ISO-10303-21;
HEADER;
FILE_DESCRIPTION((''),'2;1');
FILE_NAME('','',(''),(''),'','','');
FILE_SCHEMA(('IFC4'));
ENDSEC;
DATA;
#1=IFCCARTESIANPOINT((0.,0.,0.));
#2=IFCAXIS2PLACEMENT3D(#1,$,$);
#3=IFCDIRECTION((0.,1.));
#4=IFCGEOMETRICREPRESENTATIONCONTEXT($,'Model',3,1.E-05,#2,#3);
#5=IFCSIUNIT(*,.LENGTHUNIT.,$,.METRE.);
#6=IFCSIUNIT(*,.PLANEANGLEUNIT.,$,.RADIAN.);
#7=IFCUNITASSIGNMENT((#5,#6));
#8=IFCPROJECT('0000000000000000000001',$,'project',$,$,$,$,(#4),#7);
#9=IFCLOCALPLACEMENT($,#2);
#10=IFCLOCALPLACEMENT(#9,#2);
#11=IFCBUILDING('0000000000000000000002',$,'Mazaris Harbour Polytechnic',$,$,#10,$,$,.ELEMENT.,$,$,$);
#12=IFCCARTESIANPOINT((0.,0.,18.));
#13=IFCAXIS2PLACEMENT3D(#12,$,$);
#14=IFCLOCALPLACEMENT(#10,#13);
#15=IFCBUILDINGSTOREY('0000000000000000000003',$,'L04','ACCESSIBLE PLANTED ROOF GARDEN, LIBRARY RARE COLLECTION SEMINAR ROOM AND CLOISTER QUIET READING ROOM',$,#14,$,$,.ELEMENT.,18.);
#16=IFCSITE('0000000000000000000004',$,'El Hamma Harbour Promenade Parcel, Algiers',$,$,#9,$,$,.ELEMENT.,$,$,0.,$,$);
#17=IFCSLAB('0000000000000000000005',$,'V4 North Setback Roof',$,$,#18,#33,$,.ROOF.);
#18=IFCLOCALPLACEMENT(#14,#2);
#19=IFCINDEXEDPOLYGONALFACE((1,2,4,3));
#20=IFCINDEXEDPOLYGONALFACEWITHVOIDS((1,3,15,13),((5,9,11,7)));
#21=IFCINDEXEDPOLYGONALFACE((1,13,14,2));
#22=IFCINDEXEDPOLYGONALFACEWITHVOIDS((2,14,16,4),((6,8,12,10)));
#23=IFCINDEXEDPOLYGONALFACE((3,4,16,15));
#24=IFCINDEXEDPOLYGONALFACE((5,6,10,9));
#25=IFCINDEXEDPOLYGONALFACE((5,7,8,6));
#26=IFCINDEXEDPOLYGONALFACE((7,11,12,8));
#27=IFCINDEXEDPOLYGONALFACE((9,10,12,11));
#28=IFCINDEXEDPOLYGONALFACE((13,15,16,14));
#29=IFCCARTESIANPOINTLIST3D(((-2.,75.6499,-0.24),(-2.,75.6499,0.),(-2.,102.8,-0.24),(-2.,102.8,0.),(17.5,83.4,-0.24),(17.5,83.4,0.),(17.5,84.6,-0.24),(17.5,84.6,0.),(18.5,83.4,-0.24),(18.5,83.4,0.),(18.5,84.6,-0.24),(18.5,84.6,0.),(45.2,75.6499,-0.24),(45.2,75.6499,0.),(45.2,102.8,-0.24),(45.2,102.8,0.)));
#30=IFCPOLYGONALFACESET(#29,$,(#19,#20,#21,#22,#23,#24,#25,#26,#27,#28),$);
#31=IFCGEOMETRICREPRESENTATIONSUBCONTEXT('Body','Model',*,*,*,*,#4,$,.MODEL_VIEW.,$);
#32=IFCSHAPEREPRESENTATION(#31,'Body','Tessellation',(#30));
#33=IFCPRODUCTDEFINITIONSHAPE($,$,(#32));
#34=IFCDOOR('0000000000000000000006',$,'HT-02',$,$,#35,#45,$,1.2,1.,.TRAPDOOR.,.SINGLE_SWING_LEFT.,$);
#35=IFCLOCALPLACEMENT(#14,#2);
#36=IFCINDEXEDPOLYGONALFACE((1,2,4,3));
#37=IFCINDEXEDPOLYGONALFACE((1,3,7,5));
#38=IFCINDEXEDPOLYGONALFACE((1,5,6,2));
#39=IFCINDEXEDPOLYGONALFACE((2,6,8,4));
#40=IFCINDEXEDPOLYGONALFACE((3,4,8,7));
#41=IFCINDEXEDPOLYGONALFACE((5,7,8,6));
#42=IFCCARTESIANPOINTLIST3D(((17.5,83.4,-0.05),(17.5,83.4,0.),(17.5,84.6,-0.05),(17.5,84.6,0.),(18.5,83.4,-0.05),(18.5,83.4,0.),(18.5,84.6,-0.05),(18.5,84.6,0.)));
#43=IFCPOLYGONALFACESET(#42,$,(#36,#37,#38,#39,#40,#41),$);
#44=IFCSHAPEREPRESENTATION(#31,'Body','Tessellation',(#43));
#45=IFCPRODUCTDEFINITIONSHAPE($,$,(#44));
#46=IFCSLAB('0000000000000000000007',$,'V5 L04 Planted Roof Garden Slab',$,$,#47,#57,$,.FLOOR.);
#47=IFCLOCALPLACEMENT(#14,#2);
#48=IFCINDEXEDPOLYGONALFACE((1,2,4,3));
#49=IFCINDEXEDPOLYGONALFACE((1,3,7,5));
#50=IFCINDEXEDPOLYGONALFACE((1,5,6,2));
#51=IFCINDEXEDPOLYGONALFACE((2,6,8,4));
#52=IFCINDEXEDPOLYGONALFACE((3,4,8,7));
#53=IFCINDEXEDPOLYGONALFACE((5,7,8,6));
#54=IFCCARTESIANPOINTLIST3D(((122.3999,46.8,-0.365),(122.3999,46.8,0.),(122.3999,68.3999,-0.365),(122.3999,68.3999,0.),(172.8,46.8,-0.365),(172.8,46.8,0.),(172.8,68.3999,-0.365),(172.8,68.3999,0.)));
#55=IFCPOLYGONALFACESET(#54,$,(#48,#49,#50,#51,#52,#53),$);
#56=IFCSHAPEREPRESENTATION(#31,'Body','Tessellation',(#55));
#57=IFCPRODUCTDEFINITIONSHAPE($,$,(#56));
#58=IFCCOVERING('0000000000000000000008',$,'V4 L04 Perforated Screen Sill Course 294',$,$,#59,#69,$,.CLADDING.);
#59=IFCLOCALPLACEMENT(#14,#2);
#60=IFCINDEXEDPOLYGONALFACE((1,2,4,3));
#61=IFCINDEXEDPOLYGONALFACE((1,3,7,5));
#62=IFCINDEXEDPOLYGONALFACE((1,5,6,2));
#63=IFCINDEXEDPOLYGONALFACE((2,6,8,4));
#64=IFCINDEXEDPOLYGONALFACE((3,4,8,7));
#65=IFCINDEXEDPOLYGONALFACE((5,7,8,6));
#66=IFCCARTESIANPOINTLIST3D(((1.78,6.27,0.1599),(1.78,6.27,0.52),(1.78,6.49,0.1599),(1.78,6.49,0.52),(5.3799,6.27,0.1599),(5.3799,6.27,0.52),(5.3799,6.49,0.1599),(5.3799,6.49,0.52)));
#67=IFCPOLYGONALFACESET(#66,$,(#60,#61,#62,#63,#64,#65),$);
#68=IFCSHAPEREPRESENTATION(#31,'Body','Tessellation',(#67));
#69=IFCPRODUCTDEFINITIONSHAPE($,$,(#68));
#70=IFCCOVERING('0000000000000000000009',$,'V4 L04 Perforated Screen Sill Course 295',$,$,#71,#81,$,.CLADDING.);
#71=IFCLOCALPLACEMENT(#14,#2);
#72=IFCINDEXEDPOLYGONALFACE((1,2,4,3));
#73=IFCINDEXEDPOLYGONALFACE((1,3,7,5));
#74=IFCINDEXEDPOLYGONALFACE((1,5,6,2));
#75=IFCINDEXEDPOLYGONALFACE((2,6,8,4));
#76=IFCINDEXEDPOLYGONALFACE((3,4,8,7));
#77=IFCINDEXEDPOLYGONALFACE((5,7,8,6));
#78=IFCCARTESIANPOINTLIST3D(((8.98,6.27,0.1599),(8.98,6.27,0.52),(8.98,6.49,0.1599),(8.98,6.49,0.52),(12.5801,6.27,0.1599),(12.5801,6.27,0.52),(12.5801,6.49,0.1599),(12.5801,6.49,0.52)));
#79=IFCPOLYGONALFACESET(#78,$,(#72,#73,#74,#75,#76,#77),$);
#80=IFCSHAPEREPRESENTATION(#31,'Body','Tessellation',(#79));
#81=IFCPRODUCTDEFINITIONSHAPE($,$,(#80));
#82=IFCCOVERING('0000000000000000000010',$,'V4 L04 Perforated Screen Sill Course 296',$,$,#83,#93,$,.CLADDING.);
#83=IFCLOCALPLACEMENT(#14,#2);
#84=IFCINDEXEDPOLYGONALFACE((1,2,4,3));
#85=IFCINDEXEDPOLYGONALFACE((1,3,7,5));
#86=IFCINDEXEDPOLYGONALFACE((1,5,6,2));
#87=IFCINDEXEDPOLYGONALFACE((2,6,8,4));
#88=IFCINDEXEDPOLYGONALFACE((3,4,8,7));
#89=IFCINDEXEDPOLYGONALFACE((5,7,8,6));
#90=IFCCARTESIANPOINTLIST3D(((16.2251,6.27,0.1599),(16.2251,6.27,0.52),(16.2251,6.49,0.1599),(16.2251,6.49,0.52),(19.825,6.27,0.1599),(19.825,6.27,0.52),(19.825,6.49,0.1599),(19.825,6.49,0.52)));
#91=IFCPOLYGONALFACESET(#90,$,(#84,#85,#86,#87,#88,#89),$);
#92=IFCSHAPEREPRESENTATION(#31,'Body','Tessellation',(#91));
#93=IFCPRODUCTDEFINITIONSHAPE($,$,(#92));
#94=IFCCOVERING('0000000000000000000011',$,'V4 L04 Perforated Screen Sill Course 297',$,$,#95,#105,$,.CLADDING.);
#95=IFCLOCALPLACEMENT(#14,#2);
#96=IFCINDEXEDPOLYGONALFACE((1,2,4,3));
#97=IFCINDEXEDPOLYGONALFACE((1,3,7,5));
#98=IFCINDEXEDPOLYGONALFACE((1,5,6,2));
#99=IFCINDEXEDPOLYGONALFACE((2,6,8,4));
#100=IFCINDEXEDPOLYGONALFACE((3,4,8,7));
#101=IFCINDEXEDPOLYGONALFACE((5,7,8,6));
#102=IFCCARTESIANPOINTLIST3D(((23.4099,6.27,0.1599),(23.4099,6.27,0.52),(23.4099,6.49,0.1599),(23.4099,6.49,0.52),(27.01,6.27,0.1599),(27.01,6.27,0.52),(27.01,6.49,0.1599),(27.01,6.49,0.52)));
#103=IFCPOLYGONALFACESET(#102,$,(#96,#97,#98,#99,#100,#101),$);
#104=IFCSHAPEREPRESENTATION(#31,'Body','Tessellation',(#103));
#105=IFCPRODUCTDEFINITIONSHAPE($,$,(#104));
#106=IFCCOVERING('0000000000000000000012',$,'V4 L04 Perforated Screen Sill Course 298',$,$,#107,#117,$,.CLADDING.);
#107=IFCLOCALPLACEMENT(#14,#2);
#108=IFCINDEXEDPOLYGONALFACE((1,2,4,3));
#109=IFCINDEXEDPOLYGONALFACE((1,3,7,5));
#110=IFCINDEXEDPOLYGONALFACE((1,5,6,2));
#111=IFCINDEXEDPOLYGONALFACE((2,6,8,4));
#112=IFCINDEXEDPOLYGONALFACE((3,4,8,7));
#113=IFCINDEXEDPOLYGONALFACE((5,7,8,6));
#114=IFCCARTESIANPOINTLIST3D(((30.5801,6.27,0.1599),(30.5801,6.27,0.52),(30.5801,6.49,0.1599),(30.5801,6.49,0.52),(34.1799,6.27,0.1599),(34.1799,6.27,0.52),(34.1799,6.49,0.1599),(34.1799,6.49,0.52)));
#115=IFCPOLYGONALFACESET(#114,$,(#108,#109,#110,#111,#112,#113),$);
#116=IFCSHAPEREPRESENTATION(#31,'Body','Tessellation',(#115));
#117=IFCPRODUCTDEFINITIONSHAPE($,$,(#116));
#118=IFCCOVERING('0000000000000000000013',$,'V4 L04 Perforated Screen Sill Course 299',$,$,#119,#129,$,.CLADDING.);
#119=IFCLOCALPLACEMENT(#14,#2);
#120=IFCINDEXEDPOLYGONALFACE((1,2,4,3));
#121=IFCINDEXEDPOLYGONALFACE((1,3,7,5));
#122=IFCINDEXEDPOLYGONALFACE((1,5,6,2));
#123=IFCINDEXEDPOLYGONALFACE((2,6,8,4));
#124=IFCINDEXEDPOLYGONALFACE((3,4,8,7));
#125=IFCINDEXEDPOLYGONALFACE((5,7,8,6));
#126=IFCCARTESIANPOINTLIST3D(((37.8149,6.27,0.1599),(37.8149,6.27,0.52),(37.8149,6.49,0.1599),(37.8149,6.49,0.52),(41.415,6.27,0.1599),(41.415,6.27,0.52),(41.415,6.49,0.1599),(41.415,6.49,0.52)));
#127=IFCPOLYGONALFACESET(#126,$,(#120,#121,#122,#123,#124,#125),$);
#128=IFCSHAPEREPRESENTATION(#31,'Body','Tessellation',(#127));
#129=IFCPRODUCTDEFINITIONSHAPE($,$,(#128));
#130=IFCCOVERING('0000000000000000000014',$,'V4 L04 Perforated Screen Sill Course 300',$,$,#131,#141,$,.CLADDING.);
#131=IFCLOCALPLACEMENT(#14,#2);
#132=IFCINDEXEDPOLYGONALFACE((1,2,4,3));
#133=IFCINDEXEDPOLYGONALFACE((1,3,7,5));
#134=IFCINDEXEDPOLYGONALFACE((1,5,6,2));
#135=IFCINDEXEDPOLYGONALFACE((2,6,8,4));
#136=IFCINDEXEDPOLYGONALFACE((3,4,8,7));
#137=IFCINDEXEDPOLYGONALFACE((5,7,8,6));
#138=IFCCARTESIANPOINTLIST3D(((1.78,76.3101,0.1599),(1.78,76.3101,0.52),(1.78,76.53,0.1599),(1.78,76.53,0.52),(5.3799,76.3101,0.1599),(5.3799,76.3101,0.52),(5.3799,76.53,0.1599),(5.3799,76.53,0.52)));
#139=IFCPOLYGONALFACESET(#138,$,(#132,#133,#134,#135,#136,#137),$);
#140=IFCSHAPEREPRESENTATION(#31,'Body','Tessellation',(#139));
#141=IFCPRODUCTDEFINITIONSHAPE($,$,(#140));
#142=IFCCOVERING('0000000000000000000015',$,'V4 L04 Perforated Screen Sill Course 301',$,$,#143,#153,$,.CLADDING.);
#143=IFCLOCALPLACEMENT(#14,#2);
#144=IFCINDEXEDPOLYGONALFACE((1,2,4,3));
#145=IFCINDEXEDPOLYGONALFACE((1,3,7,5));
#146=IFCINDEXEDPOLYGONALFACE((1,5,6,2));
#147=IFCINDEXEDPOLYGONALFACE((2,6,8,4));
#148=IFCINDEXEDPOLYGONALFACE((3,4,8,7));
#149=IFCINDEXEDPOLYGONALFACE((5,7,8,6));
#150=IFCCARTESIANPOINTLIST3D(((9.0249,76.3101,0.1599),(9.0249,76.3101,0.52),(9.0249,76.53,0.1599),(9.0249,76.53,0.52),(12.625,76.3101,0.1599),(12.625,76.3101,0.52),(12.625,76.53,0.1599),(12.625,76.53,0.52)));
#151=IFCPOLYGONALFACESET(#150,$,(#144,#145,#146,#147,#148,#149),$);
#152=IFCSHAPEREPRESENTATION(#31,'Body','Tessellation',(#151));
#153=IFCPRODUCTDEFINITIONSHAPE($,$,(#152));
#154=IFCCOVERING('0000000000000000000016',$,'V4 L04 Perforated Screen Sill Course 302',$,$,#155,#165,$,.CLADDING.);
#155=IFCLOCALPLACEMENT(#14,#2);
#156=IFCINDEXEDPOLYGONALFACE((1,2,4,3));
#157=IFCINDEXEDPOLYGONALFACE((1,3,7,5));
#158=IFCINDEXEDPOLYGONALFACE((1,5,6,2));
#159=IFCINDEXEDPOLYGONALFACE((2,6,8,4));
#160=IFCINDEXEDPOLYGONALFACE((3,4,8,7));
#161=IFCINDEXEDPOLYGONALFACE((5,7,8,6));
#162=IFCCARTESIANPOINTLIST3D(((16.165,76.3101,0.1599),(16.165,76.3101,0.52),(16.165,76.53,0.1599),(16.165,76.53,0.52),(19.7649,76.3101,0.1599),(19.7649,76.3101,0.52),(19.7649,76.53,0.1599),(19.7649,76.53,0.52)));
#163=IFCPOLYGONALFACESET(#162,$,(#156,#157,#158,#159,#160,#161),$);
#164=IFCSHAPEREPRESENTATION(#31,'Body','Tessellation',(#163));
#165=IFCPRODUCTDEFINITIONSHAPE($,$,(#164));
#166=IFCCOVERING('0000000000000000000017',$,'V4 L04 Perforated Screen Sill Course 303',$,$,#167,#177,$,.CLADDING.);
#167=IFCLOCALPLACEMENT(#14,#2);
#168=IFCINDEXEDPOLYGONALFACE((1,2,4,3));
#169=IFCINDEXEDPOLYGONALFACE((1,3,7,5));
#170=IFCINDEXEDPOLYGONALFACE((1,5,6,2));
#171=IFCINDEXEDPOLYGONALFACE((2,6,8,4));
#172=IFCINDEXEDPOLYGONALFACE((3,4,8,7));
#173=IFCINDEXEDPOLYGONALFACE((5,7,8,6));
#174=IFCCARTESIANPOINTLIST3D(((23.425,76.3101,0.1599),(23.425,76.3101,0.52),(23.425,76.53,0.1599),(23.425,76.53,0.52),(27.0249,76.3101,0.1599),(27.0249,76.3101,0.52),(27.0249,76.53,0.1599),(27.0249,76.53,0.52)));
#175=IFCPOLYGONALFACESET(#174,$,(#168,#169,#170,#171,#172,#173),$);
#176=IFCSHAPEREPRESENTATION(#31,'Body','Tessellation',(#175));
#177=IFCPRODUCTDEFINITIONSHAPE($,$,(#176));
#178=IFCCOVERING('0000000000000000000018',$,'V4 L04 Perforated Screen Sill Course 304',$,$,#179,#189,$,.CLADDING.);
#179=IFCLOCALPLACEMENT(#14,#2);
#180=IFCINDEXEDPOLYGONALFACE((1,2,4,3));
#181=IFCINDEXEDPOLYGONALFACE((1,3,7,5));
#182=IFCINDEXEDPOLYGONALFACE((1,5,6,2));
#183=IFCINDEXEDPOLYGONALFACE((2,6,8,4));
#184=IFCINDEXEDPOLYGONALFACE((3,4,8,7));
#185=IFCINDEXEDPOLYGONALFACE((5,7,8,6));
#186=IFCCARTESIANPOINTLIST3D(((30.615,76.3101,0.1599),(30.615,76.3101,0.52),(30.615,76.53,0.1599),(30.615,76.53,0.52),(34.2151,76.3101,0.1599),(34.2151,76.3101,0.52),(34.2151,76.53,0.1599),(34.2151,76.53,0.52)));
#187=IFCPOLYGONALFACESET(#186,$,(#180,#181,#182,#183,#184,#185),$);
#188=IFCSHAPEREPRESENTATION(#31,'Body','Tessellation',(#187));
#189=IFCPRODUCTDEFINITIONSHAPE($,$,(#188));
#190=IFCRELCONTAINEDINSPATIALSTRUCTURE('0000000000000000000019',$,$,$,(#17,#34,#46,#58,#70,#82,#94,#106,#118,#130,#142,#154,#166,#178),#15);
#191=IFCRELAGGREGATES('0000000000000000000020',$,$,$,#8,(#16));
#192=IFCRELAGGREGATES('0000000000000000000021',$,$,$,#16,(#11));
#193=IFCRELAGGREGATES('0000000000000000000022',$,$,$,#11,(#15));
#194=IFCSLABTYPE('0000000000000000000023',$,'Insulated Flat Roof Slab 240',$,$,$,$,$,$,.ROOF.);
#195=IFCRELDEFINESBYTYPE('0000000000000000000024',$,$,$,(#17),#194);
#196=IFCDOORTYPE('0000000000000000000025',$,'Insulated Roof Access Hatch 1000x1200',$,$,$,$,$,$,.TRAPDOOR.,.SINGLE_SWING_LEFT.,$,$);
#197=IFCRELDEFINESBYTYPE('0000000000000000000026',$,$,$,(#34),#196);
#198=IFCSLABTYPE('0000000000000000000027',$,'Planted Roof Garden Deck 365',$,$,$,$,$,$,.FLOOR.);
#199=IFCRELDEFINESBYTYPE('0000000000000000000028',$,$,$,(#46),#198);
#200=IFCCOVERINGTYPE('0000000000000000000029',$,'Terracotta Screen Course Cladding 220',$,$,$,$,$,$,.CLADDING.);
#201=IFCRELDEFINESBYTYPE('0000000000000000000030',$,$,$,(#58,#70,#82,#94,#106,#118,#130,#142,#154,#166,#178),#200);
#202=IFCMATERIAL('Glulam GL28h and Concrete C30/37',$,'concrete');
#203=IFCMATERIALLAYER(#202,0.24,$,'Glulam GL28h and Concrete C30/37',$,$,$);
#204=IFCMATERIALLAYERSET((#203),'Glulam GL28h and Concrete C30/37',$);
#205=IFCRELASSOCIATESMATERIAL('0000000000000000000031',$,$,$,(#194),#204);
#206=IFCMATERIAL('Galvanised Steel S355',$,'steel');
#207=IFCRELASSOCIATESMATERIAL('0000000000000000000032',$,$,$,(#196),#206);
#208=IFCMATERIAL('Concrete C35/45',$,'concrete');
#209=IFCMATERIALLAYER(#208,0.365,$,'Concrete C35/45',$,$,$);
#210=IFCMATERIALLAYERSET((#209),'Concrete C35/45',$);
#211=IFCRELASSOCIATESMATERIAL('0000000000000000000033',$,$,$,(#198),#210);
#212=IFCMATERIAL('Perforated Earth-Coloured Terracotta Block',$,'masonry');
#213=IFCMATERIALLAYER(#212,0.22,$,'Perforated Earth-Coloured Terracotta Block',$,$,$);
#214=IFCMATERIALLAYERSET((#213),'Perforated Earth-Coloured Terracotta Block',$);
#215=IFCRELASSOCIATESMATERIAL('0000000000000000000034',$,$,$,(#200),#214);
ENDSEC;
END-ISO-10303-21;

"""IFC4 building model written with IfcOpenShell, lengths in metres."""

from ifc_helpers import new_model, si_unit, direction, frame, origin, origin_2d, place, context, subcontext, project, spatial, polyline, rectangle, outline, extrude, material, layer, layer_set, type_object, element, fill, save


model = new_model("IFC4")

# Units and contexts
model_context = context("Model", 3, precision=1e-05, world=origin(), true_north=direction((0.0, 1.0)))
body_context = subcontext(model_context, "Body", "Model", "MODEL_VIEW")
ifc_project = project(units=[si_unit("LENGTHUNIT", "METRE"), si_unit("PLANEANGLEUNIT", "RADIAN")], contexts=[model_context])

# Site, building, storey
site_placement = place(None, origin())
site = spatial("IfcSite", under=ifc_project, at=site_placement, Name="El Hamma Harbour Promenade Parcel, Algiers", CompositionType="ELEMENT", RefElevation=0.0)
building_placement = place(site_placement, origin())
building = spatial("IfcBuilding", under=site, at=building_placement, Name="Mazaris Harbour Polytechnic", CompositionType="ELEMENT")
storey_placement = place(building_placement, frame((0.0, 0.0, 18.0)))
storey = spatial("IfcBuildingStorey", under=building, at=storey_placement, Name="L04", Description="ACCESSIBLE PLANTED ROOF GARDEN, LIBRARY RARE COLLECTION SEMINAR ROOM AND CLOISTER QUIET READING ROOM", CompositionType="ELEMENT", Elevation=18.0)

# Shared definitions
ifc_material_1 = material(Name="Glulam GL28h and Concrete C30/37", Category="concrete")
ifc_layer_1 = layer(ifc_material_1, 0.24, Name="Glulam GL28h and Concrete C30/37")
ifc_layer_set_1 = layer_set([ifc_layer_1], Name="Glulam GL28h and Concrete C30/37")
slab_type_1 = type_object("IfcSlabType", Name="Insulated Flat Roof Slab 240", PredefinedType="ROOF", material=ifc_layer_set_1)

# Slab, opening, door
slab_1_placement = place(storey_placement, frame((0.0, 0.0, -0.24)))
slab_1 = element("IfcSlab", 1, at=slab_1_placement, inside=storey, type_object=slab_type_1, Name="V4 North Setback Roof", PredefinedType="ROOF", context=body_context, shape_type="SweptSolid", body=[
    extrude(outline(polyline([(45.2, 75.6499), (45.2, 102.8), (-2.0, 102.8), (-2.0, 75.6499), (45.2, 75.6499)])), origin(), (0.0, 0.0, 1.0), 0.24),
])
opening_1_placement = place(slab_1_placement, frame((18.0, 84.0, 0.0)))
opening_1 = element("IfcOpeningElement", 2, at=opening_1_placement, cuts=slab_1, PredefinedType="OPENING", context=body_context, shape_type="SweptSolid", body=[
    extrude(rectangle(XDim=1.0, YDim=1.2, at=origin_2d()), origin(), (0.0, 0.0, 1.0), 0.24),
])
ifc_material_2 = material(Name="Galvanised Steel S355", Category="steel")
door_type = type_object("IfcDoorType", Name="Insulated Roof Access Hatch 1000x1200", OperationType="SINGLE_SWING_LEFT", PredefinedType="TRAPDOOR", material=ifc_material_2)
door_placement = place(opening_1_placement, frame((0.0, 0.0, 0.1899)))
door = element("IfcDoor", 3, at=door_placement, inside=storey, type_object=door_type, Name="HT-02", OperationType="SINGLE_SWING_LEFT", OverallHeight=1.2, OverallWidth=1.0, PredefinedType="TRAPDOOR", context=body_context, shape_type="SweptSolid", body=[
    extrude(rectangle(XDim=1.0, YDim=1.2, at=origin_2d()), origin(), (0.0, 0.0, 1.0), 0.05),
])
fill(opening_1, door)

# Slab
ifc_material_3 = material(Name="Concrete C35/45", Category="concrete")
ifc_layer_2 = layer(ifc_material_3, 0.365, Name="Concrete C35/45")
ifc_layer_set_2 = layer_set([ifc_layer_2], Name="Concrete C35/45")
slab_type_2 = type_object("IfcSlabType", Name="Planted Roof Garden Deck 365", PredefinedType="FLOOR", material=ifc_layer_set_2)
slab_2_placement = place(storey_placement, frame((0.0, 0.0, -0.365)))
element("IfcSlab", 4, at=slab_2_placement, inside=storey, type_object=slab_type_2, Name="V5 L04 Planted Roof Garden Slab", PredefinedType="FLOOR", context=body_context, shape_type="SweptSolid", body=[
    extrude(outline(polyline([(172.8, 46.8), (172.8, 68.3999), (122.3999, 68.3999), (122.3999, 46.8), (172.8, 46.8)])), origin(), (0.0, 0.0, 1.0), 0.365),
])

# Coverings
ifc_material_4 = material(Name="Perforated Earth-Coloured Terracotta Block", Category="masonry")
ifc_layer_3 = layer(ifc_material_4, 0.22, Name="Perforated Earth-Coloured Terracotta Block")
ifc_layer_set_3 = layer_set([ifc_layer_3], Name="Perforated Earth-Coloured Terracotta Block")
covering_type = type_object("IfcCoveringType", Name="Terracotta Screen Course Cladding 220", PredefinedType="CLADDING", material=ifc_layer_set_3)
covering_1_placement = place(storey_placement, frame((0.0, 0.0, 0.1599)))
element("IfcCovering", 5, at=covering_1_placement, inside=storey, type_object=covering_type, Name="V4 L04 Perforated Screen Sill Course 294", PredefinedType="CLADDING", context=body_context, shape_type="SweptSolid", body=[
    extrude(outline(polyline([(5.3799, 6.49), (1.78, 6.49), (1.78, 6.27), (5.3799, 6.27), (5.3799, 6.49)])), origin(), (0.0, 0.0, 1.0), 0.3601),
])
covering_2_placement = place(storey_placement, frame((0.0, 0.0, 0.1599)))
element("IfcCovering", 6, at=covering_2_placement, inside=storey, type_object=covering_type, Name="V4 L04 Perforated Screen Sill Course 295", PredefinedType="CLADDING", context=body_context, shape_type="SweptSolid", body=[
    extrude(outline(polyline([(12.5801, 6.49), (8.98, 6.49), (8.98, 6.27), (12.5801, 6.27), (12.5801, 6.49)])), origin(), (0.0, 0.0, 1.0), 0.3601),
])
covering_3_placement = place(storey_placement, frame((0.0, 0.0, 0.1599)))
element("IfcCovering", 7, at=covering_3_placement, inside=storey, type_object=covering_type, Name="V4 L04 Perforated Screen Sill Course 296", PredefinedType="CLADDING", context=body_context, shape_type="SweptSolid", body=[
    extrude(outline(polyline([(19.825, 6.49), (16.2251, 6.49), (16.2251, 6.27), (19.825, 6.27), (19.825, 6.49)])), origin(), (0.0, 0.0, 1.0), 0.3601),
])
covering_4_placement = place(storey_placement, frame((0.0, 0.0, 0.1599)))
element("IfcCovering", 8, at=covering_4_placement, inside=storey, type_object=covering_type, Name="V4 L04 Perforated Screen Sill Course 297", PredefinedType="CLADDING", context=body_context, shape_type="SweptSolid", body=[
    extrude(outline(polyline([(27.01, 6.49), (23.4099, 6.49), (23.4099, 6.27), (27.01, 6.27), (27.01, 6.49)])), origin(), (0.0, 0.0, 1.0), 0.3601),
])
covering_5_placement = place(storey_placement, frame((0.0, 0.0, 0.1599)))
element("IfcCovering", 9, at=covering_5_placement, inside=storey, type_object=covering_type, Name="V4 L04 Perforated Screen Sill Course 298", PredefinedType="CLADDING", context=body_context, shape_type="SweptSolid", body=[
    extrude(outline(polyline([(34.1799, 6.49), (30.5801, 6.49), (30.5801, 6.27), (34.1799, 6.27), (34.1799, 6.49)])), origin(), (0.0, 0.0, 1.0), 0.3601),
])
covering_6_placement = place(storey_placement, frame((0.0, 0.0, 0.1599)))
element("IfcCovering", 10, at=covering_6_placement, inside=storey, type_object=covering_type, Name="V4 L04 Perforated Screen Sill Course 299", PredefinedType="CLADDING", context=body_context, shape_type="SweptSolid", body=[
    extrude(outline(polyline([(41.415, 6.49), (37.8149, 6.49), (37.8149, 6.27), (41.415, 6.27), (41.415, 6.49)])), origin(), (0.0, 0.0, 1.0), 0.3601),
])
covering_7_placement = place(storey_placement, frame((0.0, 0.0, 0.1599)))
element("IfcCovering", 11, at=covering_7_placement, inside=storey, type_object=covering_type, Name="V4 L04 Perforated Screen Sill Course 300", PredefinedType="CLADDING", context=body_context, shape_type="SweptSolid", body=[
    extrude(outline(polyline([(1.78, 76.3101), (5.3799, 76.3101), (5.3799, 76.53), (1.78, 76.53), (1.78, 76.3101)])), origin(), (0.0, 0.0, 1.0), 0.3601),
])
covering_8_placement = place(storey_placement, frame((0.0, 0.0, 0.1599)))
element("IfcCovering", 12, at=covering_8_placement, inside=storey, type_object=covering_type, Name="V4 L04 Perforated Screen Sill Course 301", PredefinedType="CLADDING", context=body_context, shape_type="SweptSolid", body=[
    extrude(outline(polyline([(9.0249, 76.3101), (12.625, 76.3101), (12.625, 76.53), (9.0249, 76.53), (9.0249, 76.3101)])), origin(), (0.0, 0.0, 1.0), 0.3601),
])
covering_9_placement = place(storey_placement, frame((0.0, 0.0, 0.1599)))
element("IfcCovering", 13, at=covering_9_placement, inside=storey, type_object=covering_type, Name="V4 L04 Perforated Screen Sill Course 302", PredefinedType="CLADDING", context=body_context, shape_type="SweptSolid", body=[
    extrude(outline(polyline([(16.165, 76.3101), (19.7649, 76.3101), (19.7649, 76.53), (16.165, 76.53), (16.165, 76.3101)])), origin(), (0.0, 0.0, 1.0), 0.3601),
])
covering_10_placement = place(storey_placement, frame((0.0, 0.0, 0.1599)))
element("IfcCovering", 14, at=covering_10_placement, inside=storey, type_object=covering_type, Name="V4 L04 Perforated Screen Sill Course 303", PredefinedType="CLADDING", context=body_context, shape_type="SweptSolid", body=[
    extrude(outline(polyline([(23.425, 76.3101), (27.0249, 76.3101), (27.0249, 76.53), (23.425, 76.53), (23.425, 76.3101)])), origin(), (0.0, 0.0, 1.0), 0.3601),
])
covering_11_placement = place(storey_placement, frame((0.0, 0.0, 0.1599)))
element("IfcCovering", 15, at=covering_11_placement, inside=storey, type_object=covering_type, Name="V4 L04 Perforated Screen Sill Course 304", PredefinedType="CLADDING", context=body_context, shape_type="SweptSolid", body=[
    extrude(outline(polyline([(30.615, 76.3101), (34.2151, 76.3101), (34.2151, 76.53), (30.615, 76.53), (30.615, 76.3101)])), origin(), (0.0, 0.0, 1.0), 0.3601),
])

save(model, "model.ifc")
